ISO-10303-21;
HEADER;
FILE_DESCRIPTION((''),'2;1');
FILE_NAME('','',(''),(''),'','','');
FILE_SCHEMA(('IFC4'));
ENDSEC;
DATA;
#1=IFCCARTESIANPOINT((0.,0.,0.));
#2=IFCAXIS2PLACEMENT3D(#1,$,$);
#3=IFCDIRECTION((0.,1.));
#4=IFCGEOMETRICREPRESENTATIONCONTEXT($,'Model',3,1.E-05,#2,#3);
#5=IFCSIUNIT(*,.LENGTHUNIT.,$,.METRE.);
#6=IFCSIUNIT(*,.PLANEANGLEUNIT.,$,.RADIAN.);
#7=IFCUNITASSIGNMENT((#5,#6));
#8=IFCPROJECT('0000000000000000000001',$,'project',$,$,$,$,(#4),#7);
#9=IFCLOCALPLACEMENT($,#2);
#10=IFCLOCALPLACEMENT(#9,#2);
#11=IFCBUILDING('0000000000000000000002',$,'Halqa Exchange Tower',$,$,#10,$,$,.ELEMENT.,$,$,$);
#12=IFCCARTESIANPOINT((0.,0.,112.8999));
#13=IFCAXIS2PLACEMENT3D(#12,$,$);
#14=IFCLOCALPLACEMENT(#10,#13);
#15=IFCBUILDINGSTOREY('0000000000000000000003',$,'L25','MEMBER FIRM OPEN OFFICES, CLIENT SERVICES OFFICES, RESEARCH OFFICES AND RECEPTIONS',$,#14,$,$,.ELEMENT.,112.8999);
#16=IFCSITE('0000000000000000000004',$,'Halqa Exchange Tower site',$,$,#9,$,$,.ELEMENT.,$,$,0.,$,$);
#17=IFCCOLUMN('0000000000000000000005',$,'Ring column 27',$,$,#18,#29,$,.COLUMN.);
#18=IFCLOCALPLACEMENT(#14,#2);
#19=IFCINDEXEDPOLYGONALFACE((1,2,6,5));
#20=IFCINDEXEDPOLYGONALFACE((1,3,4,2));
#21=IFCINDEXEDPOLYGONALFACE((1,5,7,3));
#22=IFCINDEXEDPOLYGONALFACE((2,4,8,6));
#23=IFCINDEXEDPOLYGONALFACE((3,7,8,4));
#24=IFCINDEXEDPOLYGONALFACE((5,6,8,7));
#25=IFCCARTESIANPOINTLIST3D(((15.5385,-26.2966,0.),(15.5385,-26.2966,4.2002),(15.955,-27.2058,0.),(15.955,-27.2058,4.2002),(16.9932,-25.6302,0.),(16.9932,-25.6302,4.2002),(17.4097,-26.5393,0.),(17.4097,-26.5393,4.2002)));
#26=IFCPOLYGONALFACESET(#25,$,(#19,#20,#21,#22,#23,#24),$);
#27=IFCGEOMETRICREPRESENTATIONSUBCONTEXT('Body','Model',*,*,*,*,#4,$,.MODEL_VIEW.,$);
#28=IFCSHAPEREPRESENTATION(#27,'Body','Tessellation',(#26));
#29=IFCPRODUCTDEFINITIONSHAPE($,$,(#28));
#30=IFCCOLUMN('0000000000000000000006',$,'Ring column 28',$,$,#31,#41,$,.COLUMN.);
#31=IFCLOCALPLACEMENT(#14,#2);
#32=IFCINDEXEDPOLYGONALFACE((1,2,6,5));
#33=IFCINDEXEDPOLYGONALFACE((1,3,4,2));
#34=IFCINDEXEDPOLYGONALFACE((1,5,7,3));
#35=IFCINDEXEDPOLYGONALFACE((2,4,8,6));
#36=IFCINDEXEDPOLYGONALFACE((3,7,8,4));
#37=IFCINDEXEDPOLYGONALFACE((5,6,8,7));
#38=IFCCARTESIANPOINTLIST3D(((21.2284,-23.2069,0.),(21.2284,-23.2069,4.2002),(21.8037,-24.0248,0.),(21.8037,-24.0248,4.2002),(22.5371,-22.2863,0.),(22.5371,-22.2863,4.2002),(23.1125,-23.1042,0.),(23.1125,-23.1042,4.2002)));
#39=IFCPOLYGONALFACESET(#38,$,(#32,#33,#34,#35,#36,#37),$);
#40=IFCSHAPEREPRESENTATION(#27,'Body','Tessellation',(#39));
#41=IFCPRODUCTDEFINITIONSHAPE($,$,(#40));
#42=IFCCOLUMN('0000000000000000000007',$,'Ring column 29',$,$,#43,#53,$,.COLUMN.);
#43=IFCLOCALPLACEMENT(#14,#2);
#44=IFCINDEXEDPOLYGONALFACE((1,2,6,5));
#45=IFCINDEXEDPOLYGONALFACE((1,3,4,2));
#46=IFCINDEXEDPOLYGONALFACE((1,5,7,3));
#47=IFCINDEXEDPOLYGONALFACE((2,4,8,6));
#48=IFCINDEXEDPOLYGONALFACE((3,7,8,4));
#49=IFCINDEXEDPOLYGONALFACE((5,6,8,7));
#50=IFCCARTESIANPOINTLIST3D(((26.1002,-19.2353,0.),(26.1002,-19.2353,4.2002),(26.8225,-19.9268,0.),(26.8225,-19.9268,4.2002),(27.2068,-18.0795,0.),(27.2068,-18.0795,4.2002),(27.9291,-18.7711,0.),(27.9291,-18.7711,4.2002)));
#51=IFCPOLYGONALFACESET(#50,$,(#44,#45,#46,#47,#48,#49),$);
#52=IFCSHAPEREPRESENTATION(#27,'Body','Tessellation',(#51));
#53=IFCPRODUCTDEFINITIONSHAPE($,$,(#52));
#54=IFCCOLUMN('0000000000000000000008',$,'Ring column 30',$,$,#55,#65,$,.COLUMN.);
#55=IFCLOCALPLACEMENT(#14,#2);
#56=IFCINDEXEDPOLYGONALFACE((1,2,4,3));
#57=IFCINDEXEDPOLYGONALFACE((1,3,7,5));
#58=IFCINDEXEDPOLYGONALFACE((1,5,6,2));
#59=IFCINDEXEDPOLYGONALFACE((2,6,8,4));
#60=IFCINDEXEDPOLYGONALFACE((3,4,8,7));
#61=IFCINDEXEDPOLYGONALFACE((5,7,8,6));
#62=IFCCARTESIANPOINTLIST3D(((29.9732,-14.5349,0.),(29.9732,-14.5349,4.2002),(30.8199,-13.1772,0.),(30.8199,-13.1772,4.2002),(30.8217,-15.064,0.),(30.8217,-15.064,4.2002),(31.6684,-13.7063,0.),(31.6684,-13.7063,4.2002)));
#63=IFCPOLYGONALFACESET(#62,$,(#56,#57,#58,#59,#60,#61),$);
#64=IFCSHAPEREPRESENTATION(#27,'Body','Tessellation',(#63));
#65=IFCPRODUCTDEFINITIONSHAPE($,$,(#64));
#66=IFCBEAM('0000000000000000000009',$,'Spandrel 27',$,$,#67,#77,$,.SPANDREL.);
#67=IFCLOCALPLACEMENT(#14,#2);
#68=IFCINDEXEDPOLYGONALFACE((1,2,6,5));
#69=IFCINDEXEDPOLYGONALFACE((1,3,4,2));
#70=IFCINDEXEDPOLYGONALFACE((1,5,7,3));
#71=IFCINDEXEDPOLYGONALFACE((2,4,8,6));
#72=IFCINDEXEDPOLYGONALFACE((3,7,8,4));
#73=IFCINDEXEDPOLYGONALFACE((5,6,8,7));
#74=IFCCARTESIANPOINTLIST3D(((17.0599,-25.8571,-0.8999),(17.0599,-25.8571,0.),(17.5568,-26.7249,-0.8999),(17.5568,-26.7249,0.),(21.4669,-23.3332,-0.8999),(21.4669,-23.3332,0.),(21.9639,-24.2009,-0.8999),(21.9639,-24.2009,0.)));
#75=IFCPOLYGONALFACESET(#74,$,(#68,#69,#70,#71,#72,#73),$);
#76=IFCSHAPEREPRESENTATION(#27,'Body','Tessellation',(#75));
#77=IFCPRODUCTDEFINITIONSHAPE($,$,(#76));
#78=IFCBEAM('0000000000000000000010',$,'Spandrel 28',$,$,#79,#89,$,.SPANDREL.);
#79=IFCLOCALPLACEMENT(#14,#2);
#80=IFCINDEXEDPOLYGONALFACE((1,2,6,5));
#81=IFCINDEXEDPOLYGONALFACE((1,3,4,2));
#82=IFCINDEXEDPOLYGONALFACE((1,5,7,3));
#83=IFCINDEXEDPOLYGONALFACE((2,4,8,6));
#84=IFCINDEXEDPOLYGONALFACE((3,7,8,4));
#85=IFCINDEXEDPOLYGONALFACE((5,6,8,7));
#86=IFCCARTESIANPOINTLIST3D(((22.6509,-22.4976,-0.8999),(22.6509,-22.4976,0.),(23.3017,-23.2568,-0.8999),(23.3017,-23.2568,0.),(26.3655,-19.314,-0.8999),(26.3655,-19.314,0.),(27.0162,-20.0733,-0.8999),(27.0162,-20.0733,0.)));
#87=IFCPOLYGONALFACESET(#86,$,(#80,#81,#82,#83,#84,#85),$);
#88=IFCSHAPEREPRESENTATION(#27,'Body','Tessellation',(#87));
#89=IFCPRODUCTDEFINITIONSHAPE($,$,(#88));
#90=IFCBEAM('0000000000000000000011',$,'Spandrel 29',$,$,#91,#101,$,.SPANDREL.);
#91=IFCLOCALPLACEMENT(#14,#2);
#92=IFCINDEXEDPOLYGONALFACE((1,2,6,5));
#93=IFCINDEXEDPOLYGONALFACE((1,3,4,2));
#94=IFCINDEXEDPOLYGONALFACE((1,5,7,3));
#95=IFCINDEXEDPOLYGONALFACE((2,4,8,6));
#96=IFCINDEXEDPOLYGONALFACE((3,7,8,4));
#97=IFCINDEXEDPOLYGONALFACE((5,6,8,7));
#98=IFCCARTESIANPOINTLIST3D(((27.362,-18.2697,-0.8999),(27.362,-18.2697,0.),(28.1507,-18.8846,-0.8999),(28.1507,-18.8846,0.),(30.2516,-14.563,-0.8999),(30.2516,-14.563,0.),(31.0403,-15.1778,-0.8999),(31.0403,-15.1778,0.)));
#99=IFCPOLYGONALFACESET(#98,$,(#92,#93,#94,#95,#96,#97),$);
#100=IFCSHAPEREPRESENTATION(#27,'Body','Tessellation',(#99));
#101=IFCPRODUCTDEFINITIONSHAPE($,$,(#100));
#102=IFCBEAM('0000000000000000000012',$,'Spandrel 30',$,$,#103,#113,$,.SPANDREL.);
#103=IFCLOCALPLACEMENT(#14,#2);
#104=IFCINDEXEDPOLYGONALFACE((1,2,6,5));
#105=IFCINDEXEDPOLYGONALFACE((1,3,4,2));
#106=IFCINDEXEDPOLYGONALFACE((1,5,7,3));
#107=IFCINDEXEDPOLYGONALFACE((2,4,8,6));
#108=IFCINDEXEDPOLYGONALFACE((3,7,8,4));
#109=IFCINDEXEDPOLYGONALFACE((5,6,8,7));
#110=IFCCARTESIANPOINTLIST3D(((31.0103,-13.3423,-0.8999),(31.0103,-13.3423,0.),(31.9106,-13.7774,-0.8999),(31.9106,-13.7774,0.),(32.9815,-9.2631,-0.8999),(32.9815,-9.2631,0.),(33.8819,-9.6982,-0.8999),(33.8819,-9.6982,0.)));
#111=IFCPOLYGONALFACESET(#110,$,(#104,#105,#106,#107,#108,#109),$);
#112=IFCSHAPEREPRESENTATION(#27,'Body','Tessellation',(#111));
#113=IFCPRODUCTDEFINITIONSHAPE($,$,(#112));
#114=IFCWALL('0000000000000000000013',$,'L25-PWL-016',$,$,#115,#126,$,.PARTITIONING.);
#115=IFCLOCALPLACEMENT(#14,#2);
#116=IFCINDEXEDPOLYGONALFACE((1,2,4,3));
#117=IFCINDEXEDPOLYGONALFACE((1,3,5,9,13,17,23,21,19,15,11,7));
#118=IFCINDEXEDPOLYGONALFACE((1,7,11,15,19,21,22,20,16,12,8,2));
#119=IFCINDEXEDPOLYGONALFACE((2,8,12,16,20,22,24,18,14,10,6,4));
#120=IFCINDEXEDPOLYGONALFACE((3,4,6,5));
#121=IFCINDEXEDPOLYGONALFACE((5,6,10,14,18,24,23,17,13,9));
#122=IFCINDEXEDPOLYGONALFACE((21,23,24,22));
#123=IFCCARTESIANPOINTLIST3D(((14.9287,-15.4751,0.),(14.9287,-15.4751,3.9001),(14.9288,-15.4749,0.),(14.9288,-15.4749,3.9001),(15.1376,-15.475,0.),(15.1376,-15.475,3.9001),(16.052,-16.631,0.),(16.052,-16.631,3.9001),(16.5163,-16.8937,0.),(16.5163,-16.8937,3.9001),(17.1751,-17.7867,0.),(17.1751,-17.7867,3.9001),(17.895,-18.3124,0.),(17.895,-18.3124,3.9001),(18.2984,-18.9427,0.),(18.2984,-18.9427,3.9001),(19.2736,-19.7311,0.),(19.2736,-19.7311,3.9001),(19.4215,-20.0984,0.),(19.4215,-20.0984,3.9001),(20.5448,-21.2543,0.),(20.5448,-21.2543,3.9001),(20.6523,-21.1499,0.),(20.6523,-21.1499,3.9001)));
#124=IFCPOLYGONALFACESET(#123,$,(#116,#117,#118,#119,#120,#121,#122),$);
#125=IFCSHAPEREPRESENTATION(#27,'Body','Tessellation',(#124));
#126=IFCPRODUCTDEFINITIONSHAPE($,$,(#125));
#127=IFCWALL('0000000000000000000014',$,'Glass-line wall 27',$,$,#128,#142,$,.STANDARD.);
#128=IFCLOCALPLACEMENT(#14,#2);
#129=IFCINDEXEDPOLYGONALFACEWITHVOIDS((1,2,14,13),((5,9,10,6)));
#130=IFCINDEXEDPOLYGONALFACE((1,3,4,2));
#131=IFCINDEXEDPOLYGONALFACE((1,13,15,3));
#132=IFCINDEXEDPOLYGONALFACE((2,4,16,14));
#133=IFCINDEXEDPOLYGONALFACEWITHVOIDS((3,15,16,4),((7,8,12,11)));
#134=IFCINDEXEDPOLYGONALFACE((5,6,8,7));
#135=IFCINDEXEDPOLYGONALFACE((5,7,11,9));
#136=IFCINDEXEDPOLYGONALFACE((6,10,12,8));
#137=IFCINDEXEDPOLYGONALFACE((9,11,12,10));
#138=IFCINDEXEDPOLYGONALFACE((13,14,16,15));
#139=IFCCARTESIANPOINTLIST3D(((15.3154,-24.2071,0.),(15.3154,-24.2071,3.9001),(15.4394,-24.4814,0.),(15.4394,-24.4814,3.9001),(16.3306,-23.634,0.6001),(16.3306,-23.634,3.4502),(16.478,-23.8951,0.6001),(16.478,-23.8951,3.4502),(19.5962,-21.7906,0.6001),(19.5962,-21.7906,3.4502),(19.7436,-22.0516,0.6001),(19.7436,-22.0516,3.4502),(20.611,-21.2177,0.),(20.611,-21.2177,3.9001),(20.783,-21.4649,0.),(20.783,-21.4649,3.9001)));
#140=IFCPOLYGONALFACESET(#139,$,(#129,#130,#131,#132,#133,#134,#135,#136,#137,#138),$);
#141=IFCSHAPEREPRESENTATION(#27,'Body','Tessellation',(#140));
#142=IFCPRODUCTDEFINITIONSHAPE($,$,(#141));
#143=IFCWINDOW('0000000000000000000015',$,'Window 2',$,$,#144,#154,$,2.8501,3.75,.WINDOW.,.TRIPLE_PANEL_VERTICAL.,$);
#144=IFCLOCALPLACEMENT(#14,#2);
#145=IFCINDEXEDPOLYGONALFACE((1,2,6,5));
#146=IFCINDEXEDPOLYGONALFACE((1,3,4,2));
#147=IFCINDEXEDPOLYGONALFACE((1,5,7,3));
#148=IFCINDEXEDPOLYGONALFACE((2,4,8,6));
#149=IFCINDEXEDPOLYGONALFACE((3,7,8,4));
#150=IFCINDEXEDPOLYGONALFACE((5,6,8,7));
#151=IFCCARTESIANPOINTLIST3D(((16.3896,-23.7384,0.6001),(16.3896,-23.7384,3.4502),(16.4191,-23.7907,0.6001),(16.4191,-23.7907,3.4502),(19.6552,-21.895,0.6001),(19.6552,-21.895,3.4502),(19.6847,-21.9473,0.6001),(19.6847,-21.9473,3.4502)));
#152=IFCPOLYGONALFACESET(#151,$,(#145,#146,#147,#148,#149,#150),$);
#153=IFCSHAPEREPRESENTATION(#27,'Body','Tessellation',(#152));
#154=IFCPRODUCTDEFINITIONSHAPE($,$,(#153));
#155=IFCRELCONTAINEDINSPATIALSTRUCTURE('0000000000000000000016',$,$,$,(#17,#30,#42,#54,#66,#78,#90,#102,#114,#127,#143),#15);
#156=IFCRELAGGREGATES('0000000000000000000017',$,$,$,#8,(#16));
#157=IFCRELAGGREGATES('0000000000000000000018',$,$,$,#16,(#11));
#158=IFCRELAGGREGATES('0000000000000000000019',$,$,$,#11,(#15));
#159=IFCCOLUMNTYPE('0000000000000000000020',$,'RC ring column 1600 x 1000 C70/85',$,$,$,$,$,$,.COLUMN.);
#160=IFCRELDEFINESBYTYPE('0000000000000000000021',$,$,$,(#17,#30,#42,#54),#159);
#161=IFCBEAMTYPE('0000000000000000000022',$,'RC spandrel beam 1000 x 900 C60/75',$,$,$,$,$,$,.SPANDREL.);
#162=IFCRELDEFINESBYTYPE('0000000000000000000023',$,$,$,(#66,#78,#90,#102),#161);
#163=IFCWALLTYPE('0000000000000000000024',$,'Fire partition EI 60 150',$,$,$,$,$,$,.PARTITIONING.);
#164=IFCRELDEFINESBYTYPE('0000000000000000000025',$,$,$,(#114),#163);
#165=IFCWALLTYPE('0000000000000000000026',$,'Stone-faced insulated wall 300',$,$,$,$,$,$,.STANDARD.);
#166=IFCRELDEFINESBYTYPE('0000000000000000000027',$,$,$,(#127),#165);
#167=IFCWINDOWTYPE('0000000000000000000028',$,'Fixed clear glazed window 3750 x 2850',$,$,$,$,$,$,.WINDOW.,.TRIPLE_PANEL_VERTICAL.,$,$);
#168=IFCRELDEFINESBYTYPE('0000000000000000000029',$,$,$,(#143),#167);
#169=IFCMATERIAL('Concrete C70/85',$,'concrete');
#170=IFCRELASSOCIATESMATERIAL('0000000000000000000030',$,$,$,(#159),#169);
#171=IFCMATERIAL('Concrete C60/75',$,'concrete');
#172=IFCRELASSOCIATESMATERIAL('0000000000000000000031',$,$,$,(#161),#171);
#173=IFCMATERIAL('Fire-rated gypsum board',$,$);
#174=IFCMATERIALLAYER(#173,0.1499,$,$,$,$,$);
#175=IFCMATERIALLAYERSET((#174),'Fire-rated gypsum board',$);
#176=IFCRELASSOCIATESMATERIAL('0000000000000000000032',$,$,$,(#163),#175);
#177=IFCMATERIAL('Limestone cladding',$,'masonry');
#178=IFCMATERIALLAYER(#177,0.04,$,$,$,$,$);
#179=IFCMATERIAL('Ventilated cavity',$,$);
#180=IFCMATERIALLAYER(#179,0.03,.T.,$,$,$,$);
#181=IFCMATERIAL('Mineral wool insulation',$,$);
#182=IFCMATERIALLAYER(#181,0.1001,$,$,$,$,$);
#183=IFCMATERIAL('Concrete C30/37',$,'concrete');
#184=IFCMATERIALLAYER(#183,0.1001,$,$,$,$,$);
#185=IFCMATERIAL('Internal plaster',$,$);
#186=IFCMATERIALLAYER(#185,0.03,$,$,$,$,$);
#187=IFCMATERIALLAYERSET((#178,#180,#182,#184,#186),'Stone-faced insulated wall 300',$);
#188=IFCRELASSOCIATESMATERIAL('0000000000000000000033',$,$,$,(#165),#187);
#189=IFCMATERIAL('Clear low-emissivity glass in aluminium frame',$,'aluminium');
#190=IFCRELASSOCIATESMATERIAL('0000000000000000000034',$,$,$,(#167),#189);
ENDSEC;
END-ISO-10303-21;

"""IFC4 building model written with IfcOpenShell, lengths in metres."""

from ifc_helpers import new_model, si_unit, direction, frame, frame_2d, origin, origin_2d, place, context, subcontext, project, spatial, polyline, rectangle, outline, extrude, material, layer, layer_set, material_profile, profile_set, type_object, element, fill, save


model = new_model("IFC4")

# Units and contexts
model_context = context("Model", 3, precision=1e-05, world=origin(), true_north=direction((0.0, 1.0)))
body_context = subcontext(model_context, "Body", "Model", "MODEL_VIEW")
ifc_project = project(units=[si_unit("LENGTHUNIT", "METRE"), si_unit("PLANEANGLEUNIT", "RADIAN")], contexts=[model_context])

# Site, building, storey
site_placement = place(None, origin())
site = spatial("IfcSite", under=ifc_project, at=site_placement, Name="Halqa Exchange Tower site", CompositionType="ELEMENT", RefElevation=0.0)
building_placement = place(site_placement, origin())
building = spatial("IfcBuilding", under=site, at=building_placement, Name="Halqa Exchange Tower", CompositionType="ELEMENT")
storey_placement = place(building_placement, frame((0.0, 0.0, 112.8999)))
storey = spatial("IfcBuildingStorey", under=building, at=storey_placement, Name="L25", Description="MEMBER FIRM OPEN OFFICES, CLIENT SERVICES OFFICES, RESEARCH OFFICES AND RECEPTIONS", CompositionType="ELEMENT", Elevation=112.8999)

# Columns
ifc_material_1 = material(Name="Concrete C70/85", Category="concrete")
ifc_material_profile_1 = material_profile(ifc_material_1, rectangle(XDim=1.6001, YDim=1.0, at=origin_2d()), Name="1600 x 1000")
ifc_profile_set_1 = profile_set([ifc_material_profile_1], Name="Concrete C70/85")
column_type = type_object("IfcColumnType", Name="RC ring column 1600 x 1000 C70/85", PredefinedType="COLUMN", material=ifc_profile_set_1)
for number, where, z_axis, x_axis, name in (
    (1, (16.4741, -26.418, 0.0), (0.0, 0.0, 1.0), (0.909127, 0.416519, 0.0), "Ring column 27"),
    (2, (22.1704, -23.1555, 0.0), (0.0, 0.0, 1.0), (0.817907, 0.575351, 0.0), "Ring column 28"),
    (3, (27.0146, -19.0032, 0.0), (0.0, 0.0, 1.0), (0.691574, 0.722306, 0.0), "Ring column 29"),
    (4, (30.8208, -14.1206, 0.0), (0.0, 0.0, 1.0), (0.529142, 0.848533, 0.0), "Ring column 30"),
):
    element("IfcColumn", number, at=place(storey_placement, frame(where, z_axis=z_axis, x_axis=x_axis)), inside=storey, type_object=column_type, Name=name, PredefinedType="COLUMN", context=body_context, shape_type="SweptSolid", body=[
        extrude(rectangle(XDim=1.6001, YDim=1.0, at=origin_2d()), origin(), (0.0, 0.0, 1.0), 4.2002),
    ])

# Beams
ifc_material_2 = material(Name="Concrete C60/75", Category="concrete")
ifc_material_profile_2 = material_profile(ifc_material_2, rectangle(XDim=1.0, YDim=0.8999, at=origin_2d()), Name="1000 x 900")
ifc_profile_set_2 = profile_set([ifc_material_profile_2], Name="Concrete C60/75")
beam_type = type_object("IfcBeamType", Name="RC spandrel beam 1000 x 900 C60/75", PredefinedType="SPANDREL", material=ifc_profile_set_2)
beam_1_placement = place(storey_placement, frame((17.3083, -26.291, -0.45), z_axis=(0.867763, 0.496977, 0.0), x_axis=(-0.496977, 0.867763, 0.0)))
element("IfcBeam", 5, at=beam_1_placement, inside=storey, type_object=beam_type, Name="Spandrel 27", PredefinedType="SPANDREL", context=body_context, shape_type="SweptSolid", body=[
    extrude(rectangle(XDim=1.0, YDim=0.8999, at=origin_2d()), origin(), (0.0, 0.0, 1.0), 5.0786),
])
beam_2_placement = place(storey_placement, frame((22.9763, -22.8772, -0.45), z_axis=(0.759292, 0.65075, 0.0), x_axis=(-0.65075, 0.759292, 0.0)))
element("IfcBeam", 6, at=beam_2_placement, inside=storey, type_object=beam_type, Name="Spandrel 28", PredefinedType="SPANDREL", context=body_context, shape_type="SweptSolid", body=[
    extrude(rectangle(XDim=1.0, YDim=0.8999, at=origin_2d()), origin(), (0.0, 0.0, 1.0), 4.8921),
])
beam_3_placement = place(storey_placement, frame((27.7563, -18.5771, -0.45), z_axis=(0.614814, 0.788672, 0.0), x_axis=(-0.788672, 0.614814, 0.0)))
element("IfcBeam", 7, at=beam_3_placement, inside=storey, type_object=beam_type, Name="Spandrel 29", PredefinedType="SPANDREL", context=body_context, shape_type="SweptSolid", body=[
    extrude(rectangle(XDim=1.0, YDim=0.8999, at=origin_2d()), origin(), (0.0, 0.0, 1.0), 4.7),
])
beam_4_placement = place(storey_placement, frame((31.4604, -13.5598, -0.45), z_axis=(0.435102, 0.900381, 0.0), x_axis=(-0.900381, 0.435102, 0.0)))
element("IfcBeam", 8, at=beam_4_placement, inside=storey, type_object=beam_type, Name="Spandrel 30", PredefinedType="SPANDREL", context=body_context, shape_type="SweptSolid", body=[
    extrude(rectangle(XDim=1.0, YDim=0.8999, at=origin_2d()), origin(), (0.0, 0.0, 1.0), 4.5305),
])

# Wall
ifc_material_3 = material(Name="Fire-rated gypsum board")
ifc_layer_1 = layer(ifc_material_3, 0.1499)
ifc_layer_set_1 = layer_set([ifc_layer_1], Name="Fire-rated gypsum board")
wall_type_1 = type_object("IfcWallType", Name="Fire partition EI 60 150", PredefinedType="PARTITIONING", material=ifc_layer_set_1)
wall_1_placement = place(storey_placement, frame((14.9824, -15.4229, 0.0), z_axis=(0.0, 0.0, 1.0), x_axis=(0.696916, -0.717153, 0.0)))
element("IfcWall", 9, at=wall_1_placement, inside=storey, type_object=wall_type_1, Name="L25-PWL-016", PredefinedType="PARTITIONING", context=body_context, shape_type="SweptSolid", body=[
    extrude(outline(polyline([(8.0586, 0.075), (6.0803, 0.075), (4.1021, 0.075), (2.1238, 0.075), (0.1455, 0.075), (0.0, -0.0747), (0.0, -0.075), (1.6118, -0.075), (3.2234, -0.075), (4.8352, -0.075), (6.4468, -0.075), (8.0586, -0.075), (8.0586, 0.075)])), origin(), (0.0, 0.0, 1.0), 3.9001),
])

# Wall, opening, window
ifc_material_4 = material(Name="Limestone cladding", Category="masonry")
ifc_layer_2 = layer(ifc_material_4, 0.04)
ifc_material_5 = material(Name="Ventilated cavity")
ifc_layer_3 = layer(ifc_material_5, 0.03, ventilated=True)
ifc_material_6 = material(Name="Mineral wool insulation")
ifc_layer_4 = layer(ifc_material_6, 0.1001)
ifc_material_7 = material(Name="Concrete C30/37", Category="concrete")
ifc_layer_5 = layer(ifc_material_7, 0.1001)
ifc_material_8 = material(Name="Internal plaster")
ifc_layer_6 = layer(ifc_material_8, 0.03)
ifc_layer_set_2 = layer_set([ifc_layer_2, ifc_layer_3, ifc_layer_4, ifc_layer_5, ifc_layer_6], Name="Stone-faced insulated wall 300")
wall_type_2 = type_object("IfcWallType", Name="Stone-faced insulated wall 300", PredefinedType="STANDARD", material=ifc_layer_set_2)
wall_2_placement = place(storey_placement, frame((15.3774, -24.3442, 0.0), z_axis=(0.0, 0.0, 1.0), x_axis=(0.870828, 0.491587, 0.0)))
wall_2 = element("IfcWall", 10, at=wall_2_placement, inside=storey, type_object=wall_type_2, Name="Glass-line wall 27", PredefinedType="STANDARD", context=body_context, shape_type="SweptSolid", body=[
    extrude(outline(polyline([(-0.0134, -0.1499), (6.1228, -0.1499), (6.0945, 0.1499), (0.0134, 0.1499), (-0.0134, -0.1499)])), origin(), (0.0, 0.0, 1.0), 3.9001),
])
opening_1_placement = place(wall_2_placement, frame((1.1792, 0.0, 0.6001)))
opening_1 = element("IfcOpeningElement", 11, at=opening_1_placement, cuts=wall_2, PredefinedType="OPENING", context=body_context, shape_type="SweptSolid", body=[
    extrude(rectangle(XDim=3.75, YDim=2.8501, at=frame_2d((1.875, 1.425))), frame((0.0, 0.1621, 0.0), z_axis=(0.0, -1.0, 0.0), x_axis=(1.0, 0.0, 0.0)), (0.0, 0.0, 1.0), 0.324),
])
ifc_material_9 = material(Name="Clear low-emissivity glass in aluminium frame", Category="aluminium")
window_type = type_object("IfcWindowType", Name="Fixed clear glazed window 3750 x 2850", PartitioningType="TRIPLE_PANEL_VERTICAL", PredefinedType="WINDOW", material=ifc_material_9)
window_1_placement = place(opening_1_placement, origin())
window_1 = element("IfcWindow", 12, at=window_1_placement, inside=storey, type_object=window_type, Name="Window 2", OverallHeight=2.8501, OverallWidth=3.75, PartitioningType="TRIPLE_PANEL_VERTICAL", PredefinedType="WINDOW", context=body_context, shape_type="SweptSolid", body=[
    extrude(rectangle(XDim=3.75, YDim=2.8501, at=frame_2d((1.875, 1.425))), frame((0.0, 0.03, 0.0), z_axis=(0.0, -1.0, 0.0), x_axis=(1.0, 0.0, 0.0)), (0.0, 0.0, 1.0), 0.0601),
])
fill(opening_1, window_1)

save(model, "model.ifc")
